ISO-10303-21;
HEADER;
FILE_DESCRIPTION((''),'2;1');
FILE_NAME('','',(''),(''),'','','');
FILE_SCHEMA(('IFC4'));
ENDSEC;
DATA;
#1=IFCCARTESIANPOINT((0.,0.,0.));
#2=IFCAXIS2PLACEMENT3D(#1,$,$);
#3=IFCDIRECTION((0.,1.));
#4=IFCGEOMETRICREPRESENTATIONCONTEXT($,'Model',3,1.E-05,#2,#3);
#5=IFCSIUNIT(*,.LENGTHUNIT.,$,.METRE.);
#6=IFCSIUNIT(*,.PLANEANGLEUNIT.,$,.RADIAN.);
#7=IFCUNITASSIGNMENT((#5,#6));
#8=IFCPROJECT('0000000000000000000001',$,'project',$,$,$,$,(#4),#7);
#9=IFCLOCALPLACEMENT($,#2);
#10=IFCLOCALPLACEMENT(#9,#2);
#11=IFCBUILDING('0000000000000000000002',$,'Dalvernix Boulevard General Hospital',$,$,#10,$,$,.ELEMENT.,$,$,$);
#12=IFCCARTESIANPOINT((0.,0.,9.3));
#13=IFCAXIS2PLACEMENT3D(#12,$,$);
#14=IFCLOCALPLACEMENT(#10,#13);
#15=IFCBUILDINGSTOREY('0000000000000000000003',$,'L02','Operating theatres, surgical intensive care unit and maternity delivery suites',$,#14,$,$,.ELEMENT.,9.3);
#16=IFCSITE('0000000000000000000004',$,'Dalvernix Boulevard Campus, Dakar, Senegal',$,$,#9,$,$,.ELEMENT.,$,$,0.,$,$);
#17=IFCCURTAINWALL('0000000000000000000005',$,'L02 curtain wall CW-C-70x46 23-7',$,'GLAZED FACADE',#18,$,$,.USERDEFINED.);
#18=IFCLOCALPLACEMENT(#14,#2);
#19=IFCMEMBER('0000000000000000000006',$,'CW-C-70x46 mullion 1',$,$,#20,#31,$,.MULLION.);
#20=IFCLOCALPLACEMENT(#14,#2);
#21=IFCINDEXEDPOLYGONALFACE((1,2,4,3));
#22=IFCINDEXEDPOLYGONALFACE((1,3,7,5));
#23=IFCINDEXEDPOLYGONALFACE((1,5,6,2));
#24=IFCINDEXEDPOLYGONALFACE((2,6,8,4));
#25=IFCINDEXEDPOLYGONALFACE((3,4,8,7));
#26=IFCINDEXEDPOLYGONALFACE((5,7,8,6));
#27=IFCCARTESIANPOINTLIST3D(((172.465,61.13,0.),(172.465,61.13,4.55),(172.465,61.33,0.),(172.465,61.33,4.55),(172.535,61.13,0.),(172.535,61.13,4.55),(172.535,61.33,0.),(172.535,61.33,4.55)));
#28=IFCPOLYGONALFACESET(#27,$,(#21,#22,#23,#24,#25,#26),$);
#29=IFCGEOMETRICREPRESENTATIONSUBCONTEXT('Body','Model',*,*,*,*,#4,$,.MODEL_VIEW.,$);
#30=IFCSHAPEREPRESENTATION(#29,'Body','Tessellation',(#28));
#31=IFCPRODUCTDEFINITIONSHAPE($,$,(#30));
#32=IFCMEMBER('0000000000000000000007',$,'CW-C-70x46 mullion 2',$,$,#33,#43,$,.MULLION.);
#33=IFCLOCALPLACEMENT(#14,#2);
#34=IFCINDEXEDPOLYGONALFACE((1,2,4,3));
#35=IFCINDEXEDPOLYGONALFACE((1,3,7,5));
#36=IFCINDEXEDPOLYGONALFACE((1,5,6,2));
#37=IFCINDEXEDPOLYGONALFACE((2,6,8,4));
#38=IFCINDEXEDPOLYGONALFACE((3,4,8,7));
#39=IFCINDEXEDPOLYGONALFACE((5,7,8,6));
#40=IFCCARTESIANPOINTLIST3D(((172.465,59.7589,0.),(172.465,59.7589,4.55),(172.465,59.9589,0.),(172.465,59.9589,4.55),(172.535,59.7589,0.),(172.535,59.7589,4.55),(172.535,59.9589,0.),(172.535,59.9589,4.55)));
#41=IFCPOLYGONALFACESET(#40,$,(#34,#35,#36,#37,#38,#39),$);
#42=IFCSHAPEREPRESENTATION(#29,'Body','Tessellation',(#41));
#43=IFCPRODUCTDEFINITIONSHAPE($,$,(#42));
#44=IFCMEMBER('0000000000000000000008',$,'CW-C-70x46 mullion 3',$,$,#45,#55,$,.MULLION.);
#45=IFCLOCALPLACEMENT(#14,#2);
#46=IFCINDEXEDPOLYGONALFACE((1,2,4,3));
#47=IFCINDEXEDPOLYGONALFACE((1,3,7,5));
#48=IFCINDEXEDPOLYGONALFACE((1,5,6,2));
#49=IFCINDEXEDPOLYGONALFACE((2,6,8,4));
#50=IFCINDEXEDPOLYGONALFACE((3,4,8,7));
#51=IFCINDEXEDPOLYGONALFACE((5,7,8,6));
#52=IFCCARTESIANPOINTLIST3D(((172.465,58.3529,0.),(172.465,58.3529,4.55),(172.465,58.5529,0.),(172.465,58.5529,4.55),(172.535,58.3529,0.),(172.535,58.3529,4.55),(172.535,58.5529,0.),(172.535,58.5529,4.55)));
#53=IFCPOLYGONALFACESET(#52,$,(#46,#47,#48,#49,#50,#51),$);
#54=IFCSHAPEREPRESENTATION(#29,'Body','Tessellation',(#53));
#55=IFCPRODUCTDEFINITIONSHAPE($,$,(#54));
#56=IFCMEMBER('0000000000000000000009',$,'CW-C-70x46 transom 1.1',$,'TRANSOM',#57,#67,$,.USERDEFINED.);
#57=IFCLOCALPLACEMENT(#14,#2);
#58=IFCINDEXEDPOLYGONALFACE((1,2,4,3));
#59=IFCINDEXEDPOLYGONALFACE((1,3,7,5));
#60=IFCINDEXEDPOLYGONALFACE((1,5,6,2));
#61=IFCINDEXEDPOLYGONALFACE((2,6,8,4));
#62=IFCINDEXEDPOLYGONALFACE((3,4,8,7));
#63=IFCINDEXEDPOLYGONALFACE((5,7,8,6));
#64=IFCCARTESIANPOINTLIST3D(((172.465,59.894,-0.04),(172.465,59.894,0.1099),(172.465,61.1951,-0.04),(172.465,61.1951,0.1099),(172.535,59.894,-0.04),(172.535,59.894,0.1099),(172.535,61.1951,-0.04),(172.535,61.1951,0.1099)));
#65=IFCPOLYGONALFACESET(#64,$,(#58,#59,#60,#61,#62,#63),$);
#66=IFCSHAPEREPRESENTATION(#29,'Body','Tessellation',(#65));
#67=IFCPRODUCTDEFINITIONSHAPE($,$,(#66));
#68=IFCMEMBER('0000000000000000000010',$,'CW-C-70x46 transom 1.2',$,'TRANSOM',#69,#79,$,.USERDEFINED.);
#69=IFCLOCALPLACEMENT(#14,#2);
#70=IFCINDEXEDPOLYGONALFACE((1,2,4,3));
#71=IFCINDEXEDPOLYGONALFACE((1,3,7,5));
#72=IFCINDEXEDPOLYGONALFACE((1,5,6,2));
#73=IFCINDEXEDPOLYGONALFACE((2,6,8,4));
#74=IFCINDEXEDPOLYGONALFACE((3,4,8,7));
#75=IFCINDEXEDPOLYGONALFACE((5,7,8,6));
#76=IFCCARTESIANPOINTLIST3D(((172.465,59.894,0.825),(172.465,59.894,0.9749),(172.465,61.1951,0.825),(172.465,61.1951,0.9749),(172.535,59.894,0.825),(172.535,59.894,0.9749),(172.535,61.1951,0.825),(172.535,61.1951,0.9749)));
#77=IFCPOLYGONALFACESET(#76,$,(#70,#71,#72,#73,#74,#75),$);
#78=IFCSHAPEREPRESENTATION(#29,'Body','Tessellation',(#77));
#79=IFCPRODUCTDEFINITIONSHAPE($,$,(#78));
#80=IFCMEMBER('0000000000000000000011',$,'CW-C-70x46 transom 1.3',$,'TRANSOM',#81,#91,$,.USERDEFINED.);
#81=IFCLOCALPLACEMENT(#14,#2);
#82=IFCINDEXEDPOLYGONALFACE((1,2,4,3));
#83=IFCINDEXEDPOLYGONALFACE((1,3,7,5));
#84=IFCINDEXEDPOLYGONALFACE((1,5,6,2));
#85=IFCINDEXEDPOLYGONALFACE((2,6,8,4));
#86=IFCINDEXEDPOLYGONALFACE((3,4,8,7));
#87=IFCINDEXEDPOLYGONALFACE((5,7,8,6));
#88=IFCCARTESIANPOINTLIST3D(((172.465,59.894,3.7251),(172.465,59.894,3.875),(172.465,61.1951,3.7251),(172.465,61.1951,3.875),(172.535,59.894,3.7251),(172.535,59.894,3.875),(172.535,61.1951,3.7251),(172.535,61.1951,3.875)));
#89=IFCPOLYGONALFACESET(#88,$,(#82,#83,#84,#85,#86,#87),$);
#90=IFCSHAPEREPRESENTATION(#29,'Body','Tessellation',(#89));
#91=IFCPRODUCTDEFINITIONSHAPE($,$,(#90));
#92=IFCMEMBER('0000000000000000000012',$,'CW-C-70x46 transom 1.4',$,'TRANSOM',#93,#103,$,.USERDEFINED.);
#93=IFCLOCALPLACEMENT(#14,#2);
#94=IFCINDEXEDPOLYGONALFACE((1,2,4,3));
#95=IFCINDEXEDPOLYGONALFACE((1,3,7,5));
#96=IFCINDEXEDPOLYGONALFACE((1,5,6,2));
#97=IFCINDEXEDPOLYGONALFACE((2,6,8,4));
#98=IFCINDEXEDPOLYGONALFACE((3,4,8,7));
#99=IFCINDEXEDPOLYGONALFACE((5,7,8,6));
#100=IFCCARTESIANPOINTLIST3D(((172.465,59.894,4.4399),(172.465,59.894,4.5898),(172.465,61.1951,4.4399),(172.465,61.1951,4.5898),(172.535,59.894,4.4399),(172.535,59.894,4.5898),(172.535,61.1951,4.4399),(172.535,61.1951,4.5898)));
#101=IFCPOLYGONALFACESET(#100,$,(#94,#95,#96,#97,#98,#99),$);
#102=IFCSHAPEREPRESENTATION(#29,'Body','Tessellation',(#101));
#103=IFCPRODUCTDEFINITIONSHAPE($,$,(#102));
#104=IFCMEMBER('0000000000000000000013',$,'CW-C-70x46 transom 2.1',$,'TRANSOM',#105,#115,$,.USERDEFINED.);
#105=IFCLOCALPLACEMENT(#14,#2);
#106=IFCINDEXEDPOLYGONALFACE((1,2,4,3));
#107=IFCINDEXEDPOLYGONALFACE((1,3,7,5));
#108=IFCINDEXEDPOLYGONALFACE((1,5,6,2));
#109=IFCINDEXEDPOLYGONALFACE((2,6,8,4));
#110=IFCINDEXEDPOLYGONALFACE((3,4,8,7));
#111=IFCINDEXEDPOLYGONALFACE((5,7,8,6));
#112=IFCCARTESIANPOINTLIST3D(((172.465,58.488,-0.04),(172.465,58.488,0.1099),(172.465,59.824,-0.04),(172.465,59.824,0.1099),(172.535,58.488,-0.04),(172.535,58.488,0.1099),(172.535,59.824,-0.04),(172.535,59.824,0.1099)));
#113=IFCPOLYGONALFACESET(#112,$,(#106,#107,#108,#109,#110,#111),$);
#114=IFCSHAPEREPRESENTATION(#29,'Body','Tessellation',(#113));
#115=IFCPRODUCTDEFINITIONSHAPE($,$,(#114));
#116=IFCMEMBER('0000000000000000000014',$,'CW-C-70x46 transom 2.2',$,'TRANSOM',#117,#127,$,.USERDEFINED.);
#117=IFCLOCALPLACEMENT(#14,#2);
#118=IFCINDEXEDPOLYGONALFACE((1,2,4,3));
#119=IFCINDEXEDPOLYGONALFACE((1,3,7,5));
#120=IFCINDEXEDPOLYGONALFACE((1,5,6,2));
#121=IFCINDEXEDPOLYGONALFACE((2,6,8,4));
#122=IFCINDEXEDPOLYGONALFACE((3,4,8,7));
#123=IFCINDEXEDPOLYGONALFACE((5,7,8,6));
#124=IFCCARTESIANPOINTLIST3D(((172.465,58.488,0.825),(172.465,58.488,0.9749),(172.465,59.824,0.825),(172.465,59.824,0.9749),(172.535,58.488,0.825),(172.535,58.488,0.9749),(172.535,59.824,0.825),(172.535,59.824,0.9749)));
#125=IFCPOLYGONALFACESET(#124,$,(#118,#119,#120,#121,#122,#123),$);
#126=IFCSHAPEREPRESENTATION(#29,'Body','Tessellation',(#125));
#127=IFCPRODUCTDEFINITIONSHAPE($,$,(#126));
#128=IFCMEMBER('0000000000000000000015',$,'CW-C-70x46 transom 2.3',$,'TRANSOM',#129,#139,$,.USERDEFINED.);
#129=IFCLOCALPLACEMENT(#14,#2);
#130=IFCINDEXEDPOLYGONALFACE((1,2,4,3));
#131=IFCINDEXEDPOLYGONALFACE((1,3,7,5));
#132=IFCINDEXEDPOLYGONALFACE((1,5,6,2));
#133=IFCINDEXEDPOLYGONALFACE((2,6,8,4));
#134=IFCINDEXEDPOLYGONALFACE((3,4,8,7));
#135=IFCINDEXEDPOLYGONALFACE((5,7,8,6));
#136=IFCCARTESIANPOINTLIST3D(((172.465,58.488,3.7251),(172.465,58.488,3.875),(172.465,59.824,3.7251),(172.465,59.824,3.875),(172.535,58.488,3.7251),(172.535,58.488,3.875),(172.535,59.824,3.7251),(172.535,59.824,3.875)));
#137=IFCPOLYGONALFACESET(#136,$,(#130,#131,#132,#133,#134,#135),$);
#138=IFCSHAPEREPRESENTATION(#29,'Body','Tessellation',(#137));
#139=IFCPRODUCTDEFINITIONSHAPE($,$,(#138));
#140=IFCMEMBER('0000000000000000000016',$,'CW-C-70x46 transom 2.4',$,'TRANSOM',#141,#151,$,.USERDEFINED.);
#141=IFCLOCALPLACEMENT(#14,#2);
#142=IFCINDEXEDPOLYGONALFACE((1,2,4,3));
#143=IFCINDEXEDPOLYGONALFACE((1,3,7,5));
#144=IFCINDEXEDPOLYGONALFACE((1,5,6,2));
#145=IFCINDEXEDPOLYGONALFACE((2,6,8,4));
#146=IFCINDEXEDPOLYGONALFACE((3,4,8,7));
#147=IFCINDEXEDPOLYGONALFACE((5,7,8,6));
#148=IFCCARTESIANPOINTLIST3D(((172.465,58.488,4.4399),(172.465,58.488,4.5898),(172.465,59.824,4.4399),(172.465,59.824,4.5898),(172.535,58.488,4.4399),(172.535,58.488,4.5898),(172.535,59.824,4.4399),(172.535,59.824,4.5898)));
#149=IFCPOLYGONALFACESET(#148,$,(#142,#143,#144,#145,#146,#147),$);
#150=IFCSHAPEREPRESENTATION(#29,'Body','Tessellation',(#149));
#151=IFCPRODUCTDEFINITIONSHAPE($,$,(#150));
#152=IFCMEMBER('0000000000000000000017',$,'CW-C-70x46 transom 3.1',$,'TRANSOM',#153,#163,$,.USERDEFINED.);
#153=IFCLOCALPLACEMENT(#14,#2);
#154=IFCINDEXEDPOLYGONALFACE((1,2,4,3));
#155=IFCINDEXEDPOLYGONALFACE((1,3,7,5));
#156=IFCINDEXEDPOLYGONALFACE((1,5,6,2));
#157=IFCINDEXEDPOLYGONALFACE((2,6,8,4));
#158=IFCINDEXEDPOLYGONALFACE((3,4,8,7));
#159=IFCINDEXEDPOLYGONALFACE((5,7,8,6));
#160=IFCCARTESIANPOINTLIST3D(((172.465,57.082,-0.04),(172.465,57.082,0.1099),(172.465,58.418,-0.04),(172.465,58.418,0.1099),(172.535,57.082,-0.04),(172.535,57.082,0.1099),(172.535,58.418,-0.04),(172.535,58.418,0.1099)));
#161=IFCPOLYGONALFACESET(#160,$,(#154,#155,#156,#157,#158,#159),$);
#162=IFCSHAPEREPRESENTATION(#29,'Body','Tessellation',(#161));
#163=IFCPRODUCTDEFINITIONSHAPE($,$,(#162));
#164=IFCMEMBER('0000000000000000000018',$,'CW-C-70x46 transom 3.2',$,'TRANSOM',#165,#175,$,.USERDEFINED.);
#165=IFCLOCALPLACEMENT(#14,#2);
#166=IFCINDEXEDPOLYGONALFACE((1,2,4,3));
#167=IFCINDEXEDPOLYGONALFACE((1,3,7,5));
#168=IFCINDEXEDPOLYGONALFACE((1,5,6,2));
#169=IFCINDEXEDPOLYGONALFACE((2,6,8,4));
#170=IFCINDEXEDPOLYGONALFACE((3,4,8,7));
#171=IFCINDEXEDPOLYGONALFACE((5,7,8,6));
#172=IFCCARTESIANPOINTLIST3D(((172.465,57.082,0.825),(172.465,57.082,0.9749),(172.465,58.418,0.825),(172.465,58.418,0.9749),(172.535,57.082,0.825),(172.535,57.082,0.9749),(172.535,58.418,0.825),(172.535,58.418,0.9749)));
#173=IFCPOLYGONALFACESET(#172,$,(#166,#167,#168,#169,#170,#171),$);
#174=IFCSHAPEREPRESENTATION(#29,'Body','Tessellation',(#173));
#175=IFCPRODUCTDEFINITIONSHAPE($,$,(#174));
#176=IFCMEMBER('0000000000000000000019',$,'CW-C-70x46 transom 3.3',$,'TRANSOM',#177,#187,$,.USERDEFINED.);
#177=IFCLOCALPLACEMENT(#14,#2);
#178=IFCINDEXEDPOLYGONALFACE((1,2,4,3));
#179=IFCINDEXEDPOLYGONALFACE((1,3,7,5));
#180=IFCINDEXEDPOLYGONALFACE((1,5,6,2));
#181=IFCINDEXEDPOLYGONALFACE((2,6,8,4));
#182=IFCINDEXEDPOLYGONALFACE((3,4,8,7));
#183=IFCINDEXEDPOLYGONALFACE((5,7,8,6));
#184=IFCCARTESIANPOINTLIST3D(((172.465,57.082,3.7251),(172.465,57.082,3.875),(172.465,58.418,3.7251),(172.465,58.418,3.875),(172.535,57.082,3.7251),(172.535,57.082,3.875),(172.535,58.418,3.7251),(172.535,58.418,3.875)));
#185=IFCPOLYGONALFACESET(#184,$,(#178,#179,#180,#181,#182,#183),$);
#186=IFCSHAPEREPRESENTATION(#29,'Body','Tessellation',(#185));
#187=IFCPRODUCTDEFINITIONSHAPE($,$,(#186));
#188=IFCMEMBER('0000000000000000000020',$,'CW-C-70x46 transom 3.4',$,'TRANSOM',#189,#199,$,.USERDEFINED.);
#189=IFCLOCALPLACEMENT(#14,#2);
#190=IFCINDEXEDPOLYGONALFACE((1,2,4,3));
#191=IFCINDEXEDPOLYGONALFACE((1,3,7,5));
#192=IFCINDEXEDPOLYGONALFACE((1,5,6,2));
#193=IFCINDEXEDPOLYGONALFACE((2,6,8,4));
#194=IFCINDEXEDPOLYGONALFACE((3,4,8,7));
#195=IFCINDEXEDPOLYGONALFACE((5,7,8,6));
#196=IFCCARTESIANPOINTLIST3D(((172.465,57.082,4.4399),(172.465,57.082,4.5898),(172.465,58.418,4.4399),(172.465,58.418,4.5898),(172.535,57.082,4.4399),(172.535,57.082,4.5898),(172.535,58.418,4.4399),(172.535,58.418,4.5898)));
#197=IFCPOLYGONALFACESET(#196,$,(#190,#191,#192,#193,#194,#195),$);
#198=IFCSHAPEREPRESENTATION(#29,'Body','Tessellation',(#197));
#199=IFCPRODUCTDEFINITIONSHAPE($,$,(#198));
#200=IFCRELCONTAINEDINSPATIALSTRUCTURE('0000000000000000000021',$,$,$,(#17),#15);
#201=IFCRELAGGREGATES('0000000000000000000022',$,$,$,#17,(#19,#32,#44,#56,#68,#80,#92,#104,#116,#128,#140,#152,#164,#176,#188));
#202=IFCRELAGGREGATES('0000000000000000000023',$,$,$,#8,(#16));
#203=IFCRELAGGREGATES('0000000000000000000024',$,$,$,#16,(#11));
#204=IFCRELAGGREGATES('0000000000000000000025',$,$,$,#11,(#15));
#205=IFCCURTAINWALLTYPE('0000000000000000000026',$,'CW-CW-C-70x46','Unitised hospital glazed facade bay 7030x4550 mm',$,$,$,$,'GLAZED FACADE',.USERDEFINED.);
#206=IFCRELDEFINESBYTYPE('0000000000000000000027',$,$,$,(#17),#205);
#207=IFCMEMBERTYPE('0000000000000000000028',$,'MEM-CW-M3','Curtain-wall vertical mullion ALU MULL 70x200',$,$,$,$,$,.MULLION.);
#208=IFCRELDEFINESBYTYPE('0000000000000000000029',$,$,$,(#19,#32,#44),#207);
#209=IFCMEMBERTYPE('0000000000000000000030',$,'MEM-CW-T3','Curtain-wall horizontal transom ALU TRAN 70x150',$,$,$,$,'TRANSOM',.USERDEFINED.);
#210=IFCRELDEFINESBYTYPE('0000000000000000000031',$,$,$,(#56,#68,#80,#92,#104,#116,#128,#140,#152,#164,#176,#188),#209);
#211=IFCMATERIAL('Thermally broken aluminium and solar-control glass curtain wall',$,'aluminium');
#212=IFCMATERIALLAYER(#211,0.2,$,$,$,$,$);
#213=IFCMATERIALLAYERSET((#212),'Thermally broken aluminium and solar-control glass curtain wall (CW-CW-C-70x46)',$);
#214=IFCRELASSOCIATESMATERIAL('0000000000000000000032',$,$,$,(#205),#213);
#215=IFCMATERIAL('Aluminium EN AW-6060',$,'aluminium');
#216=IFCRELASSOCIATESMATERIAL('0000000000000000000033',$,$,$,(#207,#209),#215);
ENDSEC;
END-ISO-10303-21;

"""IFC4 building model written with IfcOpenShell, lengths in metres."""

from ifc_helpers import new_model, si_unit, direction, frame, origin, origin_2d, place, context, subcontext, project, spatial, rectangle, extrude, material, layer, layer_set, material_profile, profile_set, type_object, element, aggregate, save


model = new_model("IFC4")

# Units and contexts
model_context = context("Model", 3, precision=1e-05, world=origin(), true_north=direction((0.0, 1.0)))
body_context = subcontext(model_context, "Body", "Model", "MODEL_VIEW")
ifc_project = project(units=[si_unit("LENGTHUNIT", "METRE"), si_unit("PLANEANGLEUNIT", "RADIAN")], contexts=[model_context])

# Site, building, storey
site_placement = place(None, origin())
site = spatial("IfcSite", under=ifc_project, at=site_placement, Name="Dalvernix Boulevard Campus, Dakar, Senegal", CompositionType="ELEMENT", RefElevation=0.0)
building_placement = place(site_placement, origin())
building = spatial("IfcBuilding", under=site, at=building_placement, Name="Dalvernix Boulevard General Hospital", CompositionType="ELEMENT")
storey_placement = place(building_placement, frame((0.0, 0.0, 9.3)))
storey = spatial("IfcBuildingStorey", under=building, at=storey_placement, Name="L02", Description="Operating theatres, surgical intensive care unit and maternity delivery suites", CompositionType="ELEMENT", Elevation=9.3)

# Curtain wall, members
ifc_material_1 = material(Name="Thermally broken aluminium and solar-control glass curtain wall", Category="aluminium")
ifc_layer_1 = layer(ifc_material_1, 0.2)
ifc_layer_set_1 = layer_set([ifc_layer_1], Name="Thermally broken aluminium and solar-control glass curtain wall (CW-CW-C-70x46)")
curtain_wall_type = type_object("IfcCurtainWallType", Name="CW-CW-C-70x46", Description="Unitised hospital glazed facade bay 7030x4550 mm", ElementType="GLAZED FACADE", PredefinedType="USERDEFINED", material=ifc_layer_set_1)
curtain_wall_placement = place(storey_placement, origin())
curtain_wall = element("IfcCurtainWall", 1, at=curtain_wall_placement, inside=storey, type_object=curtain_wall_type, Name="L02 curtain wall CW-C-70x46 23-7", ObjectType="GLAZED FACADE", PredefinedType="USERDEFINED")
ifc_material_2 = material(Name="Aluminium EN AW-6060", Category="aluminium")
ifc_material_profile_1 = material_profile(ifc_material_2, rectangle(XDim=0.0701, YDim=0.2, at=origin_2d()), Name="ALU MULL 70x200")
ifc_profile_set_1 = profile_set([ifc_material_profile_1], Name="Aluminium EN AW-6060")
member_type_1 = type_object("IfcMemberType", Name="MEM-CW-M3", Description="Curtain-wall vertical mullion ALU MULL 70x200", PredefinedType="MULLION", material=ifc_profile_set_1)
member_1_placement = place(storey_placement, frame((172.5, 61.23, 0.0), z_axis=(0.0, 0.0, 1.0), x_axis=(1.0, 0.0, 0.0)))
member_1 = element("IfcMember", 2, at=member_1_placement, type_object=member_type_1, Name="CW-C-70x46 mullion 1", PredefinedType="MULLION", context=body_context, shape_type="SweptSolid", body=[
    extrude(rectangle(XDim=0.0701, YDim=0.2, at=origin_2d()), origin(), (0.0, 0.0, 1.0), 4.55),
])
member_2_placement = place(storey_placement, frame((172.5, 59.8589, 0.0), z_axis=(0.0, 0.0, 1.0), x_axis=(1.0, 0.0, 0.0)))
member_2 = element("IfcMember", 3, at=member_2_placement, type_object=member_type_1, Name="CW-C-70x46 mullion 2", PredefinedType="MULLION", context=body_context, shape_type="SweptSolid", body=[
    extrude(rectangle(XDim=0.0701, YDim=0.2, at=origin_2d()), origin(), (0.0, 0.0, 1.0), 4.55),
])
member_3_placement = place(storey_placement, frame((172.5, 58.4529, 0.0), z_axis=(0.0, 0.0, 1.0), x_axis=(1.0, 0.0, 0.0)))
member_3 = element("IfcMember", 4, at=member_3_placement, type_object=member_type_1, Name="CW-C-70x46 mullion 3", PredefinedType="MULLION", context=body_context, shape_type="SweptSolid", body=[
    extrude(rectangle(XDim=0.0701, YDim=0.2, at=origin_2d()), origin(), (0.0, 0.0, 1.0), 4.55),
])
ifc_material_profile_2 = material_profile(ifc_material_2, rectangle(XDim=0.0701, YDim=0.1499, at=origin_2d()), Name="ALU TRAN 70x150")
ifc_profile_set_2 = profile_set([ifc_material_profile_2], Name="Aluminium EN AW-6060")
member_type_2 = type_object("IfcMemberType", Name="MEM-CW-T3", Description="Curtain-wall horizontal transom ALU TRAN 70x150", ElementType="TRANSOM", PredefinedType="USERDEFINED", material=ifc_profile_set_2)
member_4_placement = place(storey_placement, frame((172.5, 61.1951, 0.0349), z_axis=(0.0, -1.0, 0.0), x_axis=(1.0, 0.0, 0.0)))
member_4 = element("IfcMember", 5, at=member_4_placement, type_object=member_type_2, Name="CW-C-70x46 transom 1.1", ObjectType="TRANSOM", PredefinedType="USERDEFINED", context=body_context, shape_type="SweptSolid", body=[
    extrude(rectangle(XDim=0.0701, YDim=0.1499, at=origin_2d()), origin(), (0.0, 0.0, 1.0), 1.301),
])
member_5_placement = place(storey_placement, frame((172.5, 61.1951, 0.8999), z_axis=(0.0, -1.0, 0.0), x_axis=(1.0, 0.0, 0.0)))
member_5 = element("IfcMember", 6, at=member_5_placement, type_object=member_type_2, Name="CW-C-70x46 transom 1.2", ObjectType="TRANSOM", PredefinedType="USERDEFINED", context=body_context, shape_type="SweptSolid", body=[
    extrude(rectangle(XDim=0.0701, YDim=0.1499, at=origin_2d()), origin(), (0.0, 0.0, 1.0), 1.301),
])
member_6_placement = place(storey_placement, frame((172.5, 61.1951, 3.8), z_axis=(0.0, -1.0, 0.0), x_axis=(1.0, 0.0, 0.0)))
member_6 = element("IfcMember", 7, at=member_6_placement, type_object=member_type_2, Name="CW-C-70x46 transom 1.3", ObjectType="TRANSOM", PredefinedType="USERDEFINED", context=body_context, shape_type="SweptSolid", body=[
    extrude(rectangle(XDim=0.0701, YDim=0.1499, at=origin_2d()), origin(), (0.0, 0.0, 1.0), 1.301),
])
member_7_placement = place(storey_placement, frame((172.5, 61.1951, 4.5149), z_axis=(0.0, -1.0, 0.0), x_axis=(1.0, 0.0, 0.0)))
member_7 = element("IfcMember", 8, at=member_7_placement, type_object=member_type_2, Name="CW-C-70x46 transom 1.4", ObjectType="TRANSOM", PredefinedType="USERDEFINED", context=body_context, shape_type="SweptSolid", body=[
    extrude(rectangle(XDim=0.0701, YDim=0.1499, at=origin_2d()), origin(), (0.0, 0.0, 1.0), 1.301),
])
member_8_placement = place(storey_placement, frame((172.5, 59.824, 0.0349), z_axis=(0.0, -1.0, 0.0), x_axis=(1.0, 0.0, 0.0)))
member_8 = element("IfcMember", 9, at=member_8_placement, type_object=member_type_2, Name="CW-C-70x46 transom 2.1", ObjectType="TRANSOM", PredefinedType="USERDEFINED", context=body_context, shape_type="SweptSolid", body=[
    extrude(rectangle(XDim=0.0701, YDim=0.1499, at=origin_2d()), origin(), (0.0, 0.0, 1.0), 1.3359),
])
member_9_placement = place(storey_placement, frame((172.5, 59.824, 0.8999), z_axis=(0.0, -1.0, 0.0), x_axis=(1.0, 0.0, 0.0)))
member_9 = element("IfcMember", 10, at=member_9_placement, type_object=member_type_2, Name="CW-C-70x46 transom 2.2", ObjectType="TRANSOM", PredefinedType="USERDEFINED", context=body_context, shape_type="SweptSolid", body=[
    extrude(rectangle(XDim=0.0701, YDim=0.1499, at=origin_2d()), origin(), (0.0, 0.0, 1.0), 1.3359),
])
member_10_placement = place(storey_placement, frame((172.5, 59.824, 3.8), z_axis=(0.0, -1.0, 0.0), x_axis=(1.0, 0.0, 0.0)))
member_10 = element("IfcMember", 11, at=member_10_placement, type_object=member_type_2, Name="CW-C-70x46 transom 2.3", ObjectType="TRANSOM", PredefinedType="USERDEFINED", context=body_context, shape_type="SweptSolid", body=[
    extrude(rectangle(XDim=0.0701, YDim=0.1499, at=origin_2d()), origin(), (0.0, 0.0, 1.0), 1.3359),
])
member_11_placement = place(storey_placement, frame((172.5, 59.824, 4.5149), z_axis=(0.0, -1.0, 0.0), x_axis=(1.0, 0.0, 0.0)))
member_11 = element("IfcMember", 12, at=member_11_placement, type_object=member_type_2, Name="CW-C-70x46 transom 2.4", ObjectType="TRANSOM", PredefinedType="USERDEFINED", context=body_context, shape_type="SweptSolid", body=[
    extrude(rectangle(XDim=0.0701, YDim=0.1499, at=origin_2d()), origin(), (0.0, 0.0, 1.0), 1.3359),
])
member_12_placement = place(storey_placement, frame((172.5, 58.418, 0.0349), z_axis=(0.0, -1.0, 0.0), x_axis=(1.0, 0.0, 0.0)))
member_12 = element("IfcMember", 13, at=member_12_placement, type_object=member_type_2, Name="CW-C-70x46 transom 3.1", ObjectType="TRANSOM", PredefinedType="USERDEFINED", context=body_context, shape_type="SweptSolid", body=[
    extrude(rectangle(XDim=0.0701, YDim=0.1499, at=origin_2d()), origin(), (0.0, 0.0, 1.0), 1.3359),
])
member_13_placement = place(storey_placement, frame((172.5, 58.418, 0.8999), z_axis=(0.0, -1.0, 0.0), x_axis=(1.0, 0.0, 0.0)))
member_13 = element("IfcMember", 14, at=member_13_placement, type_object=member_type_2, Name="CW-C-70x46 transom 3.2", ObjectType="TRANSOM", PredefinedType="USERDEFINED", context=body_context, shape_type="SweptSolid", body=[
    extrude(rectangle(XDim=0.0701, YDim=0.1499, at=origin_2d()), origin(), (0.0, 0.0, 1.0), 1.3359),
])
member_14_placement = place(storey_placement, frame((172.5, 58.418, 3.8), z_axis=(0.0, -1.0, 0.0), x_axis=(1.0, 0.0, 0.0)))
member_14 = element("IfcMember", 15, at=member_14_placement, type_object=member_type_2, Name="CW-C-70x46 transom 3.3", ObjectType="TRANSOM", PredefinedType="USERDEFINED", context=body_context, shape_type="SweptSolid", body=[
    extrude(rectangle(XDim=0.0701, YDim=0.1499, at=origin_2d()), origin(), (0.0, 0.0, 1.0), 1.3359),
])
member_15_placement = place(storey_placement, frame((172.5, 58.418, 4.5149), z_axis=(0.0, -1.0, 0.0), x_axis=(1.0, 0.0, 0.0)))
member_15 = element("IfcMember", 16, at=member_15_placement, type_object=member_type_2, Name="CW-C-70x46 transom 3.4", ObjectType="TRANSOM", PredefinedType="USERDEFINED", context=body_context, shape_type="SweptSolid", body=[
    extrude(rectangle(XDim=0.0701, YDim=0.1499, at=origin_2d()), origin(), (0.0, 0.0, 1.0), 1.3359),
])
aggregate(curtain_wall, [member_1, member_2, member_3, member_4, member_5, member_6, member_7, member_8, member_9, member_10, member_11, member_12, member_13, member_14, member_15])

save(model, "model.ifc")
